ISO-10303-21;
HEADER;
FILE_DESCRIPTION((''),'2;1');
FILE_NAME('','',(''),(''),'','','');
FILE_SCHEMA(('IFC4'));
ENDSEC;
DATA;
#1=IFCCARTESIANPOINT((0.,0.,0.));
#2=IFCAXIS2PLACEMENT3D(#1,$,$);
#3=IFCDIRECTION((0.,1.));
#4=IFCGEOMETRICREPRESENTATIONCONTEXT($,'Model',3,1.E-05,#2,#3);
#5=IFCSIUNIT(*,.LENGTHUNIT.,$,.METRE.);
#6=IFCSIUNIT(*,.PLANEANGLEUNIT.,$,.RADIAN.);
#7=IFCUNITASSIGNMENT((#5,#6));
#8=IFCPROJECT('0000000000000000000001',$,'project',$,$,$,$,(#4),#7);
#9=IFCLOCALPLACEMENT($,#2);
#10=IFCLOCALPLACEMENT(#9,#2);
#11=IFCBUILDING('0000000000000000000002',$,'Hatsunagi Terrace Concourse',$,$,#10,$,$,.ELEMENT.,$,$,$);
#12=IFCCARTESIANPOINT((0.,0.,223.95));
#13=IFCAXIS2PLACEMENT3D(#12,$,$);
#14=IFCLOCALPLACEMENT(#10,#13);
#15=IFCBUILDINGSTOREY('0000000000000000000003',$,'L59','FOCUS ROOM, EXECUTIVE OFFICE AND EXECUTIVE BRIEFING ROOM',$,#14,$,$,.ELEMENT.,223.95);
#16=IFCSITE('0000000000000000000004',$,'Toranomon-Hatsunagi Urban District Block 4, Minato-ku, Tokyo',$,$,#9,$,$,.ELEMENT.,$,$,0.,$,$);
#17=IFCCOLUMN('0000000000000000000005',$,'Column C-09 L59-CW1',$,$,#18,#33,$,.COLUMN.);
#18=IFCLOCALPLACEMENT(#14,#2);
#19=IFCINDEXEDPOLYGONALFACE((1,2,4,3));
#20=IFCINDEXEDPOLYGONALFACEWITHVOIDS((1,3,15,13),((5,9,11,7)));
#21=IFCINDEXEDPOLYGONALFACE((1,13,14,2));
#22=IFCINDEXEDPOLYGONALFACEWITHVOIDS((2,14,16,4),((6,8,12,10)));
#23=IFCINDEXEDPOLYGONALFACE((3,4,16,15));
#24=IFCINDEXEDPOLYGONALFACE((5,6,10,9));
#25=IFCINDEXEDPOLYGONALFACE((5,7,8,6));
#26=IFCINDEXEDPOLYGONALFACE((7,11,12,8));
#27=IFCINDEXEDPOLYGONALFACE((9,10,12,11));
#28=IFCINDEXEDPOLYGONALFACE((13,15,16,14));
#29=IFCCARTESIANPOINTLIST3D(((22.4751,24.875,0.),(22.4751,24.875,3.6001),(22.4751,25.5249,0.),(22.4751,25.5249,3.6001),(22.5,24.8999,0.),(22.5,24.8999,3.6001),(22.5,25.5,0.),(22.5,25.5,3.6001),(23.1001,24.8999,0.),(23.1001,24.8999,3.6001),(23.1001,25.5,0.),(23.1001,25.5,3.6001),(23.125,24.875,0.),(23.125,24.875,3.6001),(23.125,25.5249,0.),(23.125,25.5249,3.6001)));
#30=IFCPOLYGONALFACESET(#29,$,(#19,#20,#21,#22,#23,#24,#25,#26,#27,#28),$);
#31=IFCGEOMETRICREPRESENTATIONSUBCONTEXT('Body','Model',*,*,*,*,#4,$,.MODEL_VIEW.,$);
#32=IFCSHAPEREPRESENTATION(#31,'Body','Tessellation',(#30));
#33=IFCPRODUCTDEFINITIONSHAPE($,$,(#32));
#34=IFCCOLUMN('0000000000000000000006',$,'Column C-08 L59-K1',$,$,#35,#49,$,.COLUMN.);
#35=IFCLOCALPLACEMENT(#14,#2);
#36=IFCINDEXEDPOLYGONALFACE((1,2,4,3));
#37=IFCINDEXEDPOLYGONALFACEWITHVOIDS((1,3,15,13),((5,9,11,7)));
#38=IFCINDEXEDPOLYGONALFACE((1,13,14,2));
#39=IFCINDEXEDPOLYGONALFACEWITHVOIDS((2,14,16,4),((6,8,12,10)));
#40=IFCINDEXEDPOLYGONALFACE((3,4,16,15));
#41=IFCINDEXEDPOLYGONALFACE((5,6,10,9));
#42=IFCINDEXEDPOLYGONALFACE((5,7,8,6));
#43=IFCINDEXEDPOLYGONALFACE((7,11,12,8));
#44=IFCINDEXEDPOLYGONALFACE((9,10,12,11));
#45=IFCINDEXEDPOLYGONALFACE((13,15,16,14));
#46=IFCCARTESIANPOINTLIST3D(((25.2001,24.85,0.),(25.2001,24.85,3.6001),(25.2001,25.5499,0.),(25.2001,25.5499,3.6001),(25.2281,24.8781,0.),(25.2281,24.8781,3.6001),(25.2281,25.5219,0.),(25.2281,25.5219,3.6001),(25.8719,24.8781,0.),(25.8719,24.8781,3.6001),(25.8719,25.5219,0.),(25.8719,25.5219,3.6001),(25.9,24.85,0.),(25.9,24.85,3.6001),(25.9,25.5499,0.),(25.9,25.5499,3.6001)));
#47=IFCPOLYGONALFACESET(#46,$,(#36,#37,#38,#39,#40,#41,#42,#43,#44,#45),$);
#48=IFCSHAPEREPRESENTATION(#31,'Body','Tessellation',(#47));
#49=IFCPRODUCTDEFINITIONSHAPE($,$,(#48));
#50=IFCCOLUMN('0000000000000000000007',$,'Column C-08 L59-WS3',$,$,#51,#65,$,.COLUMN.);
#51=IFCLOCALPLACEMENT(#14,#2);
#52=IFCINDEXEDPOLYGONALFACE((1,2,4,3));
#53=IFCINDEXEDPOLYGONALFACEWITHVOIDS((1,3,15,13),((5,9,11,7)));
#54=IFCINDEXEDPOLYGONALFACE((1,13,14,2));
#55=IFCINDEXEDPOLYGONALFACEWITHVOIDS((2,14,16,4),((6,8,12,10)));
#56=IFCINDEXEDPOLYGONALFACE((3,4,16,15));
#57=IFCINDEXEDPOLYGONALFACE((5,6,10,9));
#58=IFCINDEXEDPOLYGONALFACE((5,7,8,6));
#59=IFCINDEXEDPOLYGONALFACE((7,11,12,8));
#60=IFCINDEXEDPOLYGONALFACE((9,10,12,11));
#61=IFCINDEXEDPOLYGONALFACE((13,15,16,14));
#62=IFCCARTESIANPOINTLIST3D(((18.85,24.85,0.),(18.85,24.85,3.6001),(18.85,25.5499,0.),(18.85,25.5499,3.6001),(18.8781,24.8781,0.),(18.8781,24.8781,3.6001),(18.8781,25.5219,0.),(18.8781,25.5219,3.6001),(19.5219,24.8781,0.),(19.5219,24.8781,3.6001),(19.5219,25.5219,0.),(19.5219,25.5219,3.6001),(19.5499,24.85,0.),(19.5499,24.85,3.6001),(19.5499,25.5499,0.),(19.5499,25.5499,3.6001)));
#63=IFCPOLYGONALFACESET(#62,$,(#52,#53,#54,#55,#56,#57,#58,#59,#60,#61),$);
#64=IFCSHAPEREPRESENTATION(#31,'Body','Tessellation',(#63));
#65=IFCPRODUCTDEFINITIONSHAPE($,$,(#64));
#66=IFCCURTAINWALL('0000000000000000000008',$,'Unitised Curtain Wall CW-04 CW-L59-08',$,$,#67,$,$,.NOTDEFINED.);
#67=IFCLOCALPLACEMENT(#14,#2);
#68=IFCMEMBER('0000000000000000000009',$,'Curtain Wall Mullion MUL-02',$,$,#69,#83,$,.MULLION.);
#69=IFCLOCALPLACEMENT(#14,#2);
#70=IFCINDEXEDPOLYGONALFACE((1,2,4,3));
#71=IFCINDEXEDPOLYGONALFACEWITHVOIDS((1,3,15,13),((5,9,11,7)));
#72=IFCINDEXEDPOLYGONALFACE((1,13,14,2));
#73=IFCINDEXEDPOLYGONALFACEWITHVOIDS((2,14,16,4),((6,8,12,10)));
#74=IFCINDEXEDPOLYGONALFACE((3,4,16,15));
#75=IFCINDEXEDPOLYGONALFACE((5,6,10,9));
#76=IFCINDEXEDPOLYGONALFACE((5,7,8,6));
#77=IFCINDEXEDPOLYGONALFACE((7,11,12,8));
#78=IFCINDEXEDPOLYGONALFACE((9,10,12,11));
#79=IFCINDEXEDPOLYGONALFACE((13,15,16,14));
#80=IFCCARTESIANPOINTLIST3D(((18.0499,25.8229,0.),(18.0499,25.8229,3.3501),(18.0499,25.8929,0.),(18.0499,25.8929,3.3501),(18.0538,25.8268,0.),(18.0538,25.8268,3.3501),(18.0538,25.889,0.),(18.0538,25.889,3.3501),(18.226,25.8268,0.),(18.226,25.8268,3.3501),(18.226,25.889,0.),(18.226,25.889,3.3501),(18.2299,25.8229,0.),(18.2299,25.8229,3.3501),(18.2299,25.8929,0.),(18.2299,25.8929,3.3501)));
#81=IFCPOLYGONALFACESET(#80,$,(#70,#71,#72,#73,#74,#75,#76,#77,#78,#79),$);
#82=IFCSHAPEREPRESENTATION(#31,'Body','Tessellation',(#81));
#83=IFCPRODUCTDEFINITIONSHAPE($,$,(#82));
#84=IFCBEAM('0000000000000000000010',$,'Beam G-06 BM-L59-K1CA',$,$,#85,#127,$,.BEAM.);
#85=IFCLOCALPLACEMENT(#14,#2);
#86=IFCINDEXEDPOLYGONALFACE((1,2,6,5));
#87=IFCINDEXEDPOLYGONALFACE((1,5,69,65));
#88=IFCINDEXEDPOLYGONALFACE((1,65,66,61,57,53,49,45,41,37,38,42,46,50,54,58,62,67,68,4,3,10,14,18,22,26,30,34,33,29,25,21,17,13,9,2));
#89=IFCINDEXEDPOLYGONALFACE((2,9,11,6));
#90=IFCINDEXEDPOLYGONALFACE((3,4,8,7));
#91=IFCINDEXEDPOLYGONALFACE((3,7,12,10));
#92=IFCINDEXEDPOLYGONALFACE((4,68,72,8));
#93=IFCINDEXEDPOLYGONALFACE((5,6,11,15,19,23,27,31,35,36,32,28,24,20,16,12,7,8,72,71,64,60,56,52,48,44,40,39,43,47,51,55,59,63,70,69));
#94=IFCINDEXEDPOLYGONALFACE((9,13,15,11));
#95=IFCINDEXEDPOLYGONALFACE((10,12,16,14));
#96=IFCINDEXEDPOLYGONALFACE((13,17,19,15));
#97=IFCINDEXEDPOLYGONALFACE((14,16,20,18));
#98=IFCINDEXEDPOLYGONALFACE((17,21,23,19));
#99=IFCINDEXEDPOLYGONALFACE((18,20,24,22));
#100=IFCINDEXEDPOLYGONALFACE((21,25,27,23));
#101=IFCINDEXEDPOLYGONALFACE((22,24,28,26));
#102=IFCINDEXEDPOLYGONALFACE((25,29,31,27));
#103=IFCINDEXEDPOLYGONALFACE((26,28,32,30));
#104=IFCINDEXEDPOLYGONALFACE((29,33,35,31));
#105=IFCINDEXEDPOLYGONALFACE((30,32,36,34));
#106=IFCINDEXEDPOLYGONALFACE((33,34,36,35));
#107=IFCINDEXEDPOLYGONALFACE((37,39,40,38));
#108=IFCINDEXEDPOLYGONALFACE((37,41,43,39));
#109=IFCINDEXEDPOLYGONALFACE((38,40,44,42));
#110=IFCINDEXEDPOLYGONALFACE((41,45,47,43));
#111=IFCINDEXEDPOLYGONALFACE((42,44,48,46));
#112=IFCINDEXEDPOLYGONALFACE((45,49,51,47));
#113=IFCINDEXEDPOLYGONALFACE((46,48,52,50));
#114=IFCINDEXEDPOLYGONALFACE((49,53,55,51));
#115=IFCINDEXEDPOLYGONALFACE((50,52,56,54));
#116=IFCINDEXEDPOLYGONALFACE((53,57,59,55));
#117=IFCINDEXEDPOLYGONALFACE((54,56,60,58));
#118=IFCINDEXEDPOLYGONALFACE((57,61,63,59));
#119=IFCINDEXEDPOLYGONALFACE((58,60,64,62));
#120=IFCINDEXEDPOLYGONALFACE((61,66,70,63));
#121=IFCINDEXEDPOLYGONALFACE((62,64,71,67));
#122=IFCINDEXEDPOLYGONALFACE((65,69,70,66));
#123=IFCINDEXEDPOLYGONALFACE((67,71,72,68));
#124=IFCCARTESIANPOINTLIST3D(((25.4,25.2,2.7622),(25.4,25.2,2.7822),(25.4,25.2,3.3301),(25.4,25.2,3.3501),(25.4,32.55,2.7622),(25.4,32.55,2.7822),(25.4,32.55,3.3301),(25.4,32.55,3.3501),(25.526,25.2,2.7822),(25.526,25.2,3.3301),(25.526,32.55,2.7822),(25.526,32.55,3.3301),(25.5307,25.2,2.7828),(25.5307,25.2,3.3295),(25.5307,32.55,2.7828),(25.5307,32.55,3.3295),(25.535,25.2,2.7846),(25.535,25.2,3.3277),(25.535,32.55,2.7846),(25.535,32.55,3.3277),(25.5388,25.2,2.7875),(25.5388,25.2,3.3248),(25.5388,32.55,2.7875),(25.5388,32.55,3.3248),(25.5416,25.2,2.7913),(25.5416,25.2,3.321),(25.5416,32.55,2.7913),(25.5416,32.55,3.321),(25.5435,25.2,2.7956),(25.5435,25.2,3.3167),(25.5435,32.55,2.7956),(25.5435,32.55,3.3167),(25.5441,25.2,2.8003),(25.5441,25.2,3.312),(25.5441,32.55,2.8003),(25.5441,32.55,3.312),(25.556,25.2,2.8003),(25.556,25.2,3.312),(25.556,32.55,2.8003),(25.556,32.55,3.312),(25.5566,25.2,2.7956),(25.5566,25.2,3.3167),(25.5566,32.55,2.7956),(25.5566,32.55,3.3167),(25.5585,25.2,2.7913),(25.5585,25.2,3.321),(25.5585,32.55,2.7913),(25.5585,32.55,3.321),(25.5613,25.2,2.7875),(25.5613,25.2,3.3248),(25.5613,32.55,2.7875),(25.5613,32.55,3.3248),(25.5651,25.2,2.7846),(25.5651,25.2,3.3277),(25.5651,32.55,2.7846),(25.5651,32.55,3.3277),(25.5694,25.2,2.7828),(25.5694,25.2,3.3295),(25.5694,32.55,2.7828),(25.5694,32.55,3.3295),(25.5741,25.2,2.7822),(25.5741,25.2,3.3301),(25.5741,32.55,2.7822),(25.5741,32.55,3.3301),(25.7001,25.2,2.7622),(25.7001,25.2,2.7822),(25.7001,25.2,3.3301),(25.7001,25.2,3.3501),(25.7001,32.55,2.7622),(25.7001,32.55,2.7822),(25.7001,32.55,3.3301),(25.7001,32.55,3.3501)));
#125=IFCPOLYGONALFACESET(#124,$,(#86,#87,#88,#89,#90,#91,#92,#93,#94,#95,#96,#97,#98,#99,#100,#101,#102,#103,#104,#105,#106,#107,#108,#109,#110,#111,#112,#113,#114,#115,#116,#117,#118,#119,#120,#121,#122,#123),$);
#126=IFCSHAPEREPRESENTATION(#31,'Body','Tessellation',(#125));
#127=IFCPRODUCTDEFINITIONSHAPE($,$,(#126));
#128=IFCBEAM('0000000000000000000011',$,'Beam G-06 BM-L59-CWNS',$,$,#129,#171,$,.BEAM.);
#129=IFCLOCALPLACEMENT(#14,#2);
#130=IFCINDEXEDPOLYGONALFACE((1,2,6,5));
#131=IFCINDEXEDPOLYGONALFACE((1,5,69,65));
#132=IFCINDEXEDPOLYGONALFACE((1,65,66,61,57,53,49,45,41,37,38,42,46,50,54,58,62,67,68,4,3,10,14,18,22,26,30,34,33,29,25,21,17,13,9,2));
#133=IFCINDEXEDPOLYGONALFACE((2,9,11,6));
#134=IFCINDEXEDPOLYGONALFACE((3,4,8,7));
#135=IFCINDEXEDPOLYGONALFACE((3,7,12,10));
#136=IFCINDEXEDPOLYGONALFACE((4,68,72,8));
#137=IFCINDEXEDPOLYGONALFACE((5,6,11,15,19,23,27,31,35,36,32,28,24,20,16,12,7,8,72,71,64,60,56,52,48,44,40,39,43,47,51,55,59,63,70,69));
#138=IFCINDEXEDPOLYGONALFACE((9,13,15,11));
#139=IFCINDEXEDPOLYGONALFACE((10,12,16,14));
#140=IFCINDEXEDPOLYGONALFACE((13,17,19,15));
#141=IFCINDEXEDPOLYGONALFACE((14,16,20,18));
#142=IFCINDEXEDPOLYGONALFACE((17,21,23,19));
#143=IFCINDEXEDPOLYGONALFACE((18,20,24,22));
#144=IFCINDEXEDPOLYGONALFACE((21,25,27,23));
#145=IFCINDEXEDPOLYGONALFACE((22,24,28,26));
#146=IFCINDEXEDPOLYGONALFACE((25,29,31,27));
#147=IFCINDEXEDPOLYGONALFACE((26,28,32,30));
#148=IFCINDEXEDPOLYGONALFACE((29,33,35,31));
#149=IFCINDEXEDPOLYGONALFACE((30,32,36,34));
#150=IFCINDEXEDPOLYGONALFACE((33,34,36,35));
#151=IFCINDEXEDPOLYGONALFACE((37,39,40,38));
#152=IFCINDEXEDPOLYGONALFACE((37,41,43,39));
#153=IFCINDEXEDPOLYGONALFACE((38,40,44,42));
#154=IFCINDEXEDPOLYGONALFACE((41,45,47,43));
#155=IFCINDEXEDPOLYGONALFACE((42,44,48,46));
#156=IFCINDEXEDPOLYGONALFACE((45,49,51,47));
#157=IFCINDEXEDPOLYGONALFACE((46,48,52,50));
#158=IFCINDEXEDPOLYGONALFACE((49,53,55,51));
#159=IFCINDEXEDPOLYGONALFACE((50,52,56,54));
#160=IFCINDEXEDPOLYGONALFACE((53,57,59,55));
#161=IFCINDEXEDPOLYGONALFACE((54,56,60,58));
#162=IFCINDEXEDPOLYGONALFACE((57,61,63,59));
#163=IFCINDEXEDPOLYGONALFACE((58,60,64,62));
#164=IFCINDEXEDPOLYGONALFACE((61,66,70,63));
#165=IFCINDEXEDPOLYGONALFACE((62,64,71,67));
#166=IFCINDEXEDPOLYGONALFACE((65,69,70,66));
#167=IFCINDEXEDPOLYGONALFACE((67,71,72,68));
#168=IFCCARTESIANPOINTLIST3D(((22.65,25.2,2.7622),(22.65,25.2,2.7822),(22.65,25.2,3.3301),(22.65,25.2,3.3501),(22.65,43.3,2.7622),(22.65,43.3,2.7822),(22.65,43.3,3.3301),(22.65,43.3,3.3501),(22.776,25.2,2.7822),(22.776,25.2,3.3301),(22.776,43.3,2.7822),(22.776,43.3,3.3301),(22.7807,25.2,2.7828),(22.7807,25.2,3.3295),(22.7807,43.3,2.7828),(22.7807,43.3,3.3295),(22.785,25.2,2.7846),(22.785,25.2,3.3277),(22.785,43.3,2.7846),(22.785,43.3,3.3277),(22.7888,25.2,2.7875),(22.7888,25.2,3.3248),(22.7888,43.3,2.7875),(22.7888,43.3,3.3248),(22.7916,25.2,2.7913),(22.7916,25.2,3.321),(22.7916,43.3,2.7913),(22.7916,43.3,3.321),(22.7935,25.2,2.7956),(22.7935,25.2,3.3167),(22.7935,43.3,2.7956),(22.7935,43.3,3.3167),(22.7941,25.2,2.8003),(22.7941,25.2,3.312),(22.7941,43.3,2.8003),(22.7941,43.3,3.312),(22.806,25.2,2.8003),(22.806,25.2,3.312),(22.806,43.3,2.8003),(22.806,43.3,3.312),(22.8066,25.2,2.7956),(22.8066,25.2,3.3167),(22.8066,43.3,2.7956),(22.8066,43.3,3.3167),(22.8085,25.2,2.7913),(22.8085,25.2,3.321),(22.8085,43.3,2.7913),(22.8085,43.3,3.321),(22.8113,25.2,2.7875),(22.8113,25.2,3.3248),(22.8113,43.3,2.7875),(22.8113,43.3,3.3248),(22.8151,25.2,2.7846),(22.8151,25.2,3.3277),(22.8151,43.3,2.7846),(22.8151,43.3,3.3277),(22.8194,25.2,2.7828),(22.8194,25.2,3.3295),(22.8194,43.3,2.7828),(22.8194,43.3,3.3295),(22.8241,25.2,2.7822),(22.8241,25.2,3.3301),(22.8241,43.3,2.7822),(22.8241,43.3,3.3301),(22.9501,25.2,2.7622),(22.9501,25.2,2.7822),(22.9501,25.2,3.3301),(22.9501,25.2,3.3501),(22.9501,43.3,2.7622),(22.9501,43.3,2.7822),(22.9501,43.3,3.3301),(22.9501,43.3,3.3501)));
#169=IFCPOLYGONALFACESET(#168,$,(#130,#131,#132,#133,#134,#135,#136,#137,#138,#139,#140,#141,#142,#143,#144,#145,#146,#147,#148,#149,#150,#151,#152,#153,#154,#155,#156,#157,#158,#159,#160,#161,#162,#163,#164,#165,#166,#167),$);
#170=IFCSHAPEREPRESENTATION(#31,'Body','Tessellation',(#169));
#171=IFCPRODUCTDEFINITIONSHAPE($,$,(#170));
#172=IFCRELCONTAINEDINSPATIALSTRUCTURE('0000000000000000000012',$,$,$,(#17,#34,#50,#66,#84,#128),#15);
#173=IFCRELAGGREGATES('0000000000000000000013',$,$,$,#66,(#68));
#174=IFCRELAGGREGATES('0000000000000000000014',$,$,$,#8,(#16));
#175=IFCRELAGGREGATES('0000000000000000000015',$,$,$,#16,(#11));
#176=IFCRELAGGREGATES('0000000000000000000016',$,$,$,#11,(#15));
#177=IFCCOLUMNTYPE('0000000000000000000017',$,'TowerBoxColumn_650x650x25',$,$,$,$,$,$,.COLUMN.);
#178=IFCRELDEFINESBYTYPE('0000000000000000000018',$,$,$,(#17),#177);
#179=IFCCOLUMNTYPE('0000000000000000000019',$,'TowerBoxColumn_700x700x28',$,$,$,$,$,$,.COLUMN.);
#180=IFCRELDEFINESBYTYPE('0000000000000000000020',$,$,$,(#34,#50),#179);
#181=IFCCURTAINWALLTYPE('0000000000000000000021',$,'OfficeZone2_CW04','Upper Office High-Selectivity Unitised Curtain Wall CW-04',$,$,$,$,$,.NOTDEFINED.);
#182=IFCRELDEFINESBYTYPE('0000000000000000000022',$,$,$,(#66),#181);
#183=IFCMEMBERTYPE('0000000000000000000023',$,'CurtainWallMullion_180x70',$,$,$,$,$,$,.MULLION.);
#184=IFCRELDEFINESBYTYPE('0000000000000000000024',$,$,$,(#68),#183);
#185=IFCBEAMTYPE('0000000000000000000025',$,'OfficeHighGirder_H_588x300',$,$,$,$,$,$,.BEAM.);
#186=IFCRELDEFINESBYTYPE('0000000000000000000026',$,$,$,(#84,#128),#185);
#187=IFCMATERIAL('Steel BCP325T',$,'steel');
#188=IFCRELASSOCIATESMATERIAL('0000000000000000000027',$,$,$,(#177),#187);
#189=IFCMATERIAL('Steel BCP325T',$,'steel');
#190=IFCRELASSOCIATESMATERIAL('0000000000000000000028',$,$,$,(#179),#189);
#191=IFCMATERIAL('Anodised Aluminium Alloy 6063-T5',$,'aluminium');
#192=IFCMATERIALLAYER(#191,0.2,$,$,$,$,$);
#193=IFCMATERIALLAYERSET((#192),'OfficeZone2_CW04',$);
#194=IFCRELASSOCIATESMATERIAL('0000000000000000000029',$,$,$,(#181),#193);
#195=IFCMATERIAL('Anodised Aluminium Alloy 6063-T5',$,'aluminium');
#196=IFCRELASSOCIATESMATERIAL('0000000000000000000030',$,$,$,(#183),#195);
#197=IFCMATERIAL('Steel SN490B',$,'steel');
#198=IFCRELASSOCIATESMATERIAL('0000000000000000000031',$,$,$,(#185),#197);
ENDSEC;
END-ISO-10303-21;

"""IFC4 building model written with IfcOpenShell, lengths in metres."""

from ifc_helpers import new_model, si_unit, direction, frame, origin, origin_2d, place, context, subcontext, project, spatial, hollow_rectangle, i_section, extrude, material, layer, layer_set, material_profile, profile_set, type_object, element, aggregate, save


model = new_model("IFC4")

# Units and contexts
model_context = context("Model", 3, precision=1e-05, world=origin(), true_north=direction((0.0, 1.0)))
body_context = subcontext(model_context, "Body", "Model", "MODEL_VIEW")
ifc_project = project(units=[si_unit("LENGTHUNIT", "METRE"), si_unit("PLANEANGLEUNIT", "RADIAN")], contexts=[model_context])

# Site, building, storey
site_placement = place(None, origin())
site = spatial("IfcSite", under=ifc_project, at=site_placement, Name="Toranomon-Hatsunagi Urban District Block 4, Minato-ku, Tokyo", CompositionType="ELEMENT", RefElevation=0.0)
building_placement = place(site_placement, origin())
building = spatial("IfcBuilding", under=site, at=building_placement, Name="Hatsunagi Terrace Concourse", CompositionType="ELEMENT")
storey_placement = place(building_placement, frame((0.0, 0.0, 223.95)))
storey = spatial("IfcBuildingStorey", under=building, at=storey_placement, Name="L59", Description="FOCUS ROOM, EXECUTIVE OFFICE AND EXECUTIVE BRIEFING ROOM", CompositionType="ELEMENT", Elevation=223.95)

# Columns
ifc_material_1 = material(Name="Steel BCP325T", Category="steel")
ifc_material_profile_1 = material_profile(ifc_material_1, hollow_rectangle(XDim=0.6499, YDim=0.6499, WallThickness=0.0249, at=origin_2d()), Name="BCP-650x650x25")
ifc_profile_set_1 = profile_set([ifc_material_profile_1], Name="Steel BCP325T")
column_type_1 = type_object("IfcColumnType", Name="TowerBoxColumn_650x650x25", PredefinedType="COLUMN", material=ifc_profile_set_1)
column_placement = place(storey_placement, frame((22.8, 25.2, 0.0), z_axis=(0.0, 0.0, 1.0), x_axis=(1.0, 0.0, 0.0)))
element("IfcColumn", 1, at=column_placement, inside=storey, type_object=column_type_1, Name="Column C-09 L59-CW1", PredefinedType="COLUMN", context=body_context, shape_type="SweptSolid", body=[
    extrude(hollow_rectangle(XDim=0.6499, YDim=0.6499, WallThickness=0.0249, at=origin_2d()), origin(), (0.0, 0.0, 1.0), 3.6001),
])
ifc_material_2 = material(Name="Steel BCP325T", Category="steel")
ifc_material_profile_2 = material_profile(ifc_material_2, hollow_rectangle(XDim=0.7, YDim=0.7, WallThickness=0.0281, at=origin_2d()), Name="BCP-700x700x28")
ifc_profile_set_2 = profile_set([ifc_material_profile_2], Name="Steel BCP325T")
column_type_2 = type_object("IfcColumnType", Name="TowerBoxColumn_700x700x28", PredefinedType="COLUMN", material=ifc_profile_set_2)
for number, where, z_axis, x_axis, name in (
    (2, (25.55, 25.2, 0.0), (0.0, 0.0, 1.0), (1.0, 0.0, 0.0), "Column C-08 L59-K1"),
    (3, (19.2, 25.2, 0.0), (0.0, 0.0, 1.0), (1.0, 0.0, 0.0), "Column C-08 L59-WS3"),
):
    element("IfcColumn", number, at=place(storey_placement, frame(where, z_axis=z_axis, x_axis=x_axis)), inside=storey, type_object=column_type_2, Name=name, PredefinedType="COLUMN", context=body_context, shape_type="SweptSolid", body=[
        extrude(hollow_rectangle(XDim=0.7, YDim=0.7, WallThickness=0.0281, at=origin_2d()), origin(), (0.0, 0.0, 1.0), 3.6001),
    ])

# Curtain wall, member
ifc_material_3 = material(Name="Anodised Aluminium Alloy 6063-T5", Category="aluminium")
ifc_layer_1 = layer(ifc_material_3, 0.2)
ifc_layer_set_1 = layer_set([ifc_layer_1], Name="OfficeZone2_CW04")
curtain_wall_type = type_object("IfcCurtainWallType", Name="OfficeZone2_CW04", Description="Upper Office High-Selectivity Unitised Curtain Wall CW-04", PredefinedType="NOTDEFINED", material=ifc_layer_set_1)
curtain_wall_placement = place(storey_placement, origin())
curtain_wall = element("IfcCurtainWall", 4, at=curtain_wall_placement, inside=storey, type_object=curtain_wall_type, Name="Unitised Curtain Wall CW-04 CW-L59-08", PredefinedType="NOTDEFINED")
ifc_material_4 = material(Name="Anodised Aluminium Alloy 6063-T5", Category="aluminium")
ifc_material_profile_3 = material_profile(ifc_material_4, hollow_rectangle(XDim=0.0701, YDim=0.1799, WallThickness=0.0039, at=origin_2d()), Name="ALU-MUL-180x70x4")
ifc_profile_set_3 = profile_set([ifc_material_profile_3], Name="Anodised Aluminium Alloy 6063-T5")
member_type_1 = type_object("IfcMemberType", Name="CurtainWallMullion_180x70", PredefinedType="MULLION", material=ifc_profile_set_3)
member_1_placement = place(storey_placement, frame((18.1399, 25.8579, 0.0), z_axis=(0.0, 0.0, 1.0), x_axis=(0.0, 1.0, 0.0)))
member_1 = element("IfcMember", 5, at=member_1_placement, type_object=member_type_1, Name="Curtain Wall Mullion MUL-02", PredefinedType="MULLION", context=body_context, shape_type="SweptSolid", body=[
    extrude(hollow_rectangle(XDim=0.0701, YDim=0.1799, WallThickness=0.0039, at=origin_2d()), origin(), (0.0, 0.0, 1.0), 3.3501),
])
aggregate(curtain_wall, [member_1])

# Beams
ifc_material_5 = material(Name="Steel SN490B", Category="steel")
ifc_material_profile_4 = material_profile(ifc_material_5, i_section(OverallWidth=0.3, OverallDepth=0.5879, WebThickness=0.012, FlangeThickness=0.02, FilletRadius=0.0181, at=origin_2d()), Name="H-588x300x12x20")
ifc_profile_set_4 = profile_set([ifc_material_profile_4], Name="Steel SN490B")
beam_type_1 = type_object("IfcBeamType", Name="OfficeHighGirder_H_588x300", PredefinedType="BEAM", material=ifc_profile_set_4)
beam_1_placement = place(storey_placement, frame((25.55, 25.2, 3.0562), z_axis=(0.0, 1.0, 0.0), x_axis=(-1.0, 0.0, 0.0)))
element("IfcBeam", 6, at=beam_1_placement, inside=storey, type_object=beam_type_1, Name="Beam G-06 BM-L59-K1CA", PredefinedType="BEAM", context=body_context, shape_type="SweptSolid", body=[
    extrude(i_section(OverallWidth=0.3, OverallDepth=0.5879, WebThickness=0.012, FlangeThickness=0.02, FilletRadius=0.0181, at=origin_2d()), origin(), (0.0, 0.0, 1.0), 7.3501),
])
beam_2_placement = place(storey_placement, frame((22.8, 25.2, 3.0562), z_axis=(0.0, 1.0, 0.0), x_axis=(-1.0, 0.0, 0.0)))
element("IfcBeam", 7, at=beam_2_placement, inside=storey, type_object=beam_type_1, Name="Beam G-06 BM-L59-CWNS", PredefinedType="BEAM", context=body_context, shape_type="SweptSolid", body=[
    extrude(i_section(OverallWidth=0.3, OverallDepth=0.5879, WebThickness=0.012, FlangeThickness=0.02, FilletRadius=0.0181, at=origin_2d()), origin(), (0.0, 0.0, 1.0), 18.1001),
])

save(model, "model.ifc")
